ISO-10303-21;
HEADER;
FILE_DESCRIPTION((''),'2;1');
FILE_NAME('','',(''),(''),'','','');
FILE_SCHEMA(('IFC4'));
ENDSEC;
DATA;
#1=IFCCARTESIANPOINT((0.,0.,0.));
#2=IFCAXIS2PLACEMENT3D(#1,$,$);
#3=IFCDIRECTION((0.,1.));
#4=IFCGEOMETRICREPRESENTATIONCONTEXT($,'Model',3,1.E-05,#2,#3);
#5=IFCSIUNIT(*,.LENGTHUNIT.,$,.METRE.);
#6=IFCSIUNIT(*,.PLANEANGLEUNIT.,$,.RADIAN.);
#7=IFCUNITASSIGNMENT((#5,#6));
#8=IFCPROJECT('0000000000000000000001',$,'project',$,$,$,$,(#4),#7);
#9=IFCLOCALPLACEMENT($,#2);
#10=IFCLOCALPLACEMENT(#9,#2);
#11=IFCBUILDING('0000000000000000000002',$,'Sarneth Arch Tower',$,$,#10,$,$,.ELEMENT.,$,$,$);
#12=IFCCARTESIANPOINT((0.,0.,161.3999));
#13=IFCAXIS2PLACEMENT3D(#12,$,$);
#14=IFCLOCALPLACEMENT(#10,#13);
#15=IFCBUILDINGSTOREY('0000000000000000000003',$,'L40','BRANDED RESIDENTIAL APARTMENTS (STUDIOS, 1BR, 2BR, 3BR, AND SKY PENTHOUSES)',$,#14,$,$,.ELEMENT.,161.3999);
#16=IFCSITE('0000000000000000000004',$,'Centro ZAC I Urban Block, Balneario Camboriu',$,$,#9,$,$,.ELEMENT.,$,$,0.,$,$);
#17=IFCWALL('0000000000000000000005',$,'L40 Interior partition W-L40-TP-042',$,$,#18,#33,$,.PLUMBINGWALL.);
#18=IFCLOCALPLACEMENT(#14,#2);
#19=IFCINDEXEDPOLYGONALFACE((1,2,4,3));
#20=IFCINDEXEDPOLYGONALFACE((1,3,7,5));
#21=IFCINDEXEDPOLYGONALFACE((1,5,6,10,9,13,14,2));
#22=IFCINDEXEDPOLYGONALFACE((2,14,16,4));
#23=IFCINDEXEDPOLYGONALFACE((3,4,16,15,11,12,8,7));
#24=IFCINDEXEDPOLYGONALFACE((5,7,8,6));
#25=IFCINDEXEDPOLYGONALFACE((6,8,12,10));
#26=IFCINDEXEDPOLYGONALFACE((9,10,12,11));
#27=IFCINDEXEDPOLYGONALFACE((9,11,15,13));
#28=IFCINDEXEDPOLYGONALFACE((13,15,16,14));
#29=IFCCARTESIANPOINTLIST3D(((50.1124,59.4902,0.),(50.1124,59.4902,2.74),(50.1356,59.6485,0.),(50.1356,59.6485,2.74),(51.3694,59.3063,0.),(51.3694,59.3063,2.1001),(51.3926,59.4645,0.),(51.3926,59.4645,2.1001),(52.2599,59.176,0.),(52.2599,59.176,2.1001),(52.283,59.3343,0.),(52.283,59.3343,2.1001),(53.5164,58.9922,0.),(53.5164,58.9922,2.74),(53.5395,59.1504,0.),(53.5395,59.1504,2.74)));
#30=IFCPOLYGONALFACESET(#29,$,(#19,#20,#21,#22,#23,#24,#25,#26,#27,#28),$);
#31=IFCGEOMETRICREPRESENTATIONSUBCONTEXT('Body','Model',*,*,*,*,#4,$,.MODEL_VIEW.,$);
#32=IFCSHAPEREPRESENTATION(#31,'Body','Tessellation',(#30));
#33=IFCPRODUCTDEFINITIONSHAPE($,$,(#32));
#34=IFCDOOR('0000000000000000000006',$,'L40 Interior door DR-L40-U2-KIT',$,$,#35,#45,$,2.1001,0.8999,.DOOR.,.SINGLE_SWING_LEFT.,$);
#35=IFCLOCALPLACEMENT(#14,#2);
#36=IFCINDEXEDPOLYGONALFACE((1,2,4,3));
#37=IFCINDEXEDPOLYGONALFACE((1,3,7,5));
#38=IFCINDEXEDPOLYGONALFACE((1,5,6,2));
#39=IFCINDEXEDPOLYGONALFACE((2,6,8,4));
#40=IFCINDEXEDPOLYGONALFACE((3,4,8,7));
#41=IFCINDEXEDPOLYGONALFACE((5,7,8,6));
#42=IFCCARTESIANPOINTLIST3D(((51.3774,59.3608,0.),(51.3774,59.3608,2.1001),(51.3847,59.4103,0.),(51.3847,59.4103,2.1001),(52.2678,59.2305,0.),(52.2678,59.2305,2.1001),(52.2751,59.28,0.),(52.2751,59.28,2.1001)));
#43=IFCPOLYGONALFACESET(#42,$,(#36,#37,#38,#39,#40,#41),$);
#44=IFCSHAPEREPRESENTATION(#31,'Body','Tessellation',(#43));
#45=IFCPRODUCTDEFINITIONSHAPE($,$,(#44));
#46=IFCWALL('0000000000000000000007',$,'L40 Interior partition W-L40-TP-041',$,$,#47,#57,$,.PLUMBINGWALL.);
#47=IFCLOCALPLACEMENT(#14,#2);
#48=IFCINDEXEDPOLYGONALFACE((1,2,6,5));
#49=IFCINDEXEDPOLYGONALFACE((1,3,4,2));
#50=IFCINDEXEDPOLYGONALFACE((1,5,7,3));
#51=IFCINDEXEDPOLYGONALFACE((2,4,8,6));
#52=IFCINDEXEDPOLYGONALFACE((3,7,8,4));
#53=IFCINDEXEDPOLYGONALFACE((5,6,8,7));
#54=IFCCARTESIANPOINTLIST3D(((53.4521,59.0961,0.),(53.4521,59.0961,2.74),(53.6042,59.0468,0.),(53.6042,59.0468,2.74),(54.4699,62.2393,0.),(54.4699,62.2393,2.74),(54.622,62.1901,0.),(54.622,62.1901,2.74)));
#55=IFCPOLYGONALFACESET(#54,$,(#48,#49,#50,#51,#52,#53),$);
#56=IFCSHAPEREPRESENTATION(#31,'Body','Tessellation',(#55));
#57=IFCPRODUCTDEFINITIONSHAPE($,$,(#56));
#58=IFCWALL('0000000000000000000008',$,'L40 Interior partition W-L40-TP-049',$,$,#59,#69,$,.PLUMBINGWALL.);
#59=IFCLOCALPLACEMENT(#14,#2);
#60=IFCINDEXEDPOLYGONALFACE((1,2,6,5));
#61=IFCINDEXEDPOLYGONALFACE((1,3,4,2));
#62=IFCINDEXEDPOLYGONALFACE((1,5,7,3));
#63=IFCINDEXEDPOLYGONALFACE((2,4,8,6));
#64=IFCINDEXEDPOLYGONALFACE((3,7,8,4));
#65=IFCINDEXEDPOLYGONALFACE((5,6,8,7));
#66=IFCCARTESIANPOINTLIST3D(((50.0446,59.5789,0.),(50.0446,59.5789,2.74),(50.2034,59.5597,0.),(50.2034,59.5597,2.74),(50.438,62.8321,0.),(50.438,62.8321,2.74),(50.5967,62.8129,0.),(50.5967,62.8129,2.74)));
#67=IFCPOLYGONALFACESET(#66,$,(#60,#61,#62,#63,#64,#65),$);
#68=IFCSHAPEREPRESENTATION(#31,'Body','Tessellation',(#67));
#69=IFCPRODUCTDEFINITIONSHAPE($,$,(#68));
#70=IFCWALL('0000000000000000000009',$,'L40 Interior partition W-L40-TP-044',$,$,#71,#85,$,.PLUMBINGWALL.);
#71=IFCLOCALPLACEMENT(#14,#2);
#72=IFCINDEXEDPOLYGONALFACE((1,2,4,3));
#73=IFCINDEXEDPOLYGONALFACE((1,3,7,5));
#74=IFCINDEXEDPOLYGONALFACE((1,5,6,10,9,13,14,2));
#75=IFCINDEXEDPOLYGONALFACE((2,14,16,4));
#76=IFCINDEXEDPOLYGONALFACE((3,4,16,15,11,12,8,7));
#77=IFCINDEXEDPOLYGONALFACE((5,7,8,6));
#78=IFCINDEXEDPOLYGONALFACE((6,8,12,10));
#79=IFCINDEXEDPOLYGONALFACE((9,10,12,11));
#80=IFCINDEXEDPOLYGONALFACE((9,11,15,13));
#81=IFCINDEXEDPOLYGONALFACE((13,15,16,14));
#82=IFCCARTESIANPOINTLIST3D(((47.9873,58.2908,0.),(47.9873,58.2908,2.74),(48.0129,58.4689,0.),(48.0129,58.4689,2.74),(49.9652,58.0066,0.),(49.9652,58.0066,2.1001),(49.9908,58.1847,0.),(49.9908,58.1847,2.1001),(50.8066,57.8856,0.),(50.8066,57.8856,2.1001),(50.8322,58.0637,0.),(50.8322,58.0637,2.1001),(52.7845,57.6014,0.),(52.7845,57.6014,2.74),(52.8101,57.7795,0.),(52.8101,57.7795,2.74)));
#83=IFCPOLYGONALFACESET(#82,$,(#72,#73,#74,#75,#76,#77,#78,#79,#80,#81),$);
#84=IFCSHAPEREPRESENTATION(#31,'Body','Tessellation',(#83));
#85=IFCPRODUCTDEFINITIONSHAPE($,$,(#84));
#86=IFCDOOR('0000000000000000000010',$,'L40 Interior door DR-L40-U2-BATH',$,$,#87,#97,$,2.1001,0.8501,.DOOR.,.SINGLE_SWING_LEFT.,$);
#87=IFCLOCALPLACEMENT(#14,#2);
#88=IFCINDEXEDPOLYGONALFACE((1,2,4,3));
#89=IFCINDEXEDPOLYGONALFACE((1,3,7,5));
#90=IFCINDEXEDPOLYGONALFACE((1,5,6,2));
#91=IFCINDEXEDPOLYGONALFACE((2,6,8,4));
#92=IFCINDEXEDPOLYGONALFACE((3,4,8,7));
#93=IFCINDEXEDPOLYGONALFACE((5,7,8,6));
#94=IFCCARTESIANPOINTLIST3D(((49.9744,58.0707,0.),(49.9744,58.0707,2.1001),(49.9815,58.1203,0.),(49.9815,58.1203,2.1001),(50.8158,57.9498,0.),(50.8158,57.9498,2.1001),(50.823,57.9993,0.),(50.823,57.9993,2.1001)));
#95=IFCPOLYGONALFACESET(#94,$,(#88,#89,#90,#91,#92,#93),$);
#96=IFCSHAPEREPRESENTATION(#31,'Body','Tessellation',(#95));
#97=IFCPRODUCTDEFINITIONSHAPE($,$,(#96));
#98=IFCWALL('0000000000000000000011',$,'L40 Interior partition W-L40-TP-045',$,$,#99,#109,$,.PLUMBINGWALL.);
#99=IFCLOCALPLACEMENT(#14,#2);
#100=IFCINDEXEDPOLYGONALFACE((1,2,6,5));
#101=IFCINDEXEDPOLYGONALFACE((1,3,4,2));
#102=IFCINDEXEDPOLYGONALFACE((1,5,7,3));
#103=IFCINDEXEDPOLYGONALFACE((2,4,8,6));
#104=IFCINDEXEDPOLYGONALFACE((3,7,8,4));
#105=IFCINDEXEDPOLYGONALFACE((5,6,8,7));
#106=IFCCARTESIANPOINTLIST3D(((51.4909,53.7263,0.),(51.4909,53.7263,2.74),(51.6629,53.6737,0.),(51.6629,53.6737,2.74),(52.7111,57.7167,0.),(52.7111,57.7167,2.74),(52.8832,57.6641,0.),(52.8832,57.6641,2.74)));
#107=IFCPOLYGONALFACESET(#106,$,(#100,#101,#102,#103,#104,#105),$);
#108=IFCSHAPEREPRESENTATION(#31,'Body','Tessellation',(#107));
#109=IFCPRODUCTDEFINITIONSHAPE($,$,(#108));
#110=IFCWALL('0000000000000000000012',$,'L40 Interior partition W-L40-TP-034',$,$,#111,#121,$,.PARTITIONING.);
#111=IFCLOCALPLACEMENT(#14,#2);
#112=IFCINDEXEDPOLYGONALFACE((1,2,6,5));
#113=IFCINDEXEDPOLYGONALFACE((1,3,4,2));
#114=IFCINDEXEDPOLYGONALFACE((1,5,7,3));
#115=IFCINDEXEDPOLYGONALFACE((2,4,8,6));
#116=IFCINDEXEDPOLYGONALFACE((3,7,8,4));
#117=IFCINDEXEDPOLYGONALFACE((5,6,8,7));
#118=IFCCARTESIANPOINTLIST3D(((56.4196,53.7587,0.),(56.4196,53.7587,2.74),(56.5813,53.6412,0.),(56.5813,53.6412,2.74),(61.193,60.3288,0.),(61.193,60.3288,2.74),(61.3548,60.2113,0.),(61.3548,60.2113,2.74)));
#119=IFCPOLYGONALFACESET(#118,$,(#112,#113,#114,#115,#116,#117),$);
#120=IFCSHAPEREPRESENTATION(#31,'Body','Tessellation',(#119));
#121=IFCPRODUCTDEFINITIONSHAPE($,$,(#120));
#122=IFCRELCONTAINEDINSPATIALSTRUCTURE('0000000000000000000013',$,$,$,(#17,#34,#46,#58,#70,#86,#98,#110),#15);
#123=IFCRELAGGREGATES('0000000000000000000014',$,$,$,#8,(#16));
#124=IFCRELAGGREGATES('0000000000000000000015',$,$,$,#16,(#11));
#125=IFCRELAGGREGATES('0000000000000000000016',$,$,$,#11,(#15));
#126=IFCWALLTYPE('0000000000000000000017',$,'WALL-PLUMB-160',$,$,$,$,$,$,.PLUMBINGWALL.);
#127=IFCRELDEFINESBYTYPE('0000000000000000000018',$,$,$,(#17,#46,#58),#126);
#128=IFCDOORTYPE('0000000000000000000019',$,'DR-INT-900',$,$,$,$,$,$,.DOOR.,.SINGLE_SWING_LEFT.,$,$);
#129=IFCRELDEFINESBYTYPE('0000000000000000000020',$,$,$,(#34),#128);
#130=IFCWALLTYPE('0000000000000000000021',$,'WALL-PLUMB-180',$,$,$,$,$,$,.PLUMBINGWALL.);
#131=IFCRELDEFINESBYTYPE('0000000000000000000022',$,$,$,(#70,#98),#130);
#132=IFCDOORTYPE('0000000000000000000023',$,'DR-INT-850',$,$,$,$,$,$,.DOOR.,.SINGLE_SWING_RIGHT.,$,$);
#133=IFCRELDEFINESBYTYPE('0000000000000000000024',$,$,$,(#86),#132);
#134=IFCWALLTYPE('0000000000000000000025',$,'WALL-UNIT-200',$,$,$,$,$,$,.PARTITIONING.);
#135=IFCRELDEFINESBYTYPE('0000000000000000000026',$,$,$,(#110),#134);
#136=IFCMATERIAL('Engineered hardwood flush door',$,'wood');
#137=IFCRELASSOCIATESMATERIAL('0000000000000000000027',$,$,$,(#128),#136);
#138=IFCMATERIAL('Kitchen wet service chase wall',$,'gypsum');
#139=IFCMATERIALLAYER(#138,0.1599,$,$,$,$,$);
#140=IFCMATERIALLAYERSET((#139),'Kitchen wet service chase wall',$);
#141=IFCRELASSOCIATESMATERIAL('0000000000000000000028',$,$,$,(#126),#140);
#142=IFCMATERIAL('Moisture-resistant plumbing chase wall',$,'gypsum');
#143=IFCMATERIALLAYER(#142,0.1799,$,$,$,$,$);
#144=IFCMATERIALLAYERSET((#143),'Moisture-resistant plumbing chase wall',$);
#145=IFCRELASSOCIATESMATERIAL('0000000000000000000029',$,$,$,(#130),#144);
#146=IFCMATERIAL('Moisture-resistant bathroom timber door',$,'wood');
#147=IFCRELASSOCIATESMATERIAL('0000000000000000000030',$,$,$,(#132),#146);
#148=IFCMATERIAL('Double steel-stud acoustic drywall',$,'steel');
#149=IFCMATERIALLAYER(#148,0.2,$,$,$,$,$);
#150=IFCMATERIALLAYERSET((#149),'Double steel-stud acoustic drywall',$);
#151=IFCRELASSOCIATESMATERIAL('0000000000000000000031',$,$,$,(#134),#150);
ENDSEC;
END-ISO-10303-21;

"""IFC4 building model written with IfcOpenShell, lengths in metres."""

from ifc_helpers import new_model, si_unit, direction, frame, frame_2d, origin, place, context, subcontext, project, spatial, rectangle, extrude, material, layer, layer_set, type_object, element, fill, save


model = new_model("IFC4")

# Units and contexts
model_context = context("Model", 3, precision=1e-05, world=origin(), true_north=direction((0.0, 1.0)))
body_context = subcontext(model_context, "Body", "Model", "MODEL_VIEW")
ifc_project = project(units=[si_unit("LENGTHUNIT", "METRE"), si_unit("PLANEANGLEUNIT", "RADIAN")], contexts=[model_context])

# Site, building, storey
site_placement = place(None, origin())
site = spatial("IfcSite", under=ifc_project, at=site_placement, Name="Centro ZAC I Urban Block, Balneario Camboriu", CompositionType="ELEMENT", RefElevation=0.0)
building_placement = place(site_placement, origin())
building = spatial("IfcBuilding", under=site, at=building_placement, Name="Sarneth Arch Tower", CompositionType="ELEMENT")
storey_placement = place(building_placement, frame((0.0, 0.0, 161.3999)))
storey = spatial("IfcBuildingStorey", under=building, at=storey_placement, Name="L40", Description="BRANDED RESIDENTIAL APARTMENTS (STUDIOS, 1BR, 2BR, 3BR, AND SKY PENTHOUSES)", CompositionType="ELEMENT", Elevation=161.3999)

# Shared definitions
ifc_material_1 = material(Name="Engineered hardwood flush door", Category="wood")
door_type_1 = type_object("IfcDoorType", Name="DR-INT-900", OperationType="SINGLE_SWING_LEFT", PredefinedType="DOOR", material=ifc_material_1)

# Wall, opening, door
ifc_material_2 = material(Name="Kitchen wet service chase wall", Category="gypsum")
ifc_layer_1 = layer(ifc_material_2, 0.1599)
ifc_layer_set_1 = layer_set([ifc_layer_1], Name="Kitchen wet service chase wall")
wall_type_1 = type_object("IfcWallType", Name="WALL-PLUMB-160", PredefinedType="PLUMBINGWALL", material=ifc_layer_set_1)
wall_1_placement = place(storey_placement, frame((53.5281, 59.0713, 0.0), z_axis=(0.0, 0.0, 1.0), x_axis=(-0.989466, 0.144769, 0.0)))
wall_1 = element("IfcWall", 1, at=wall_1_placement, inside=storey, type_object=wall_type_1, Name="L40 Interior partition W-L40-TP-042", PredefinedType="PLUMBINGWALL", context=body_context, shape_type="SweptSolid", body=[
    extrude(rectangle(XDim=3.4402, YDim=0.1599, at=frame_2d((1.7202, 0.0))), origin(), (0.0, 0.0, 1.0), 2.74),
])
opening_1_placement = place(wall_1_placement, frame((1.27, 0.0, 0.0)))
opening_1 = element("IfcOpeningElement", 2, at=opening_1_placement, cuts=wall_1, PredefinedType="OPENING", context=body_context, shape_type="SweptSolid", body=[
    extrude(rectangle(XDim=0.8999, YDim=2.1001, at=frame_2d((0.45, 1.05))), frame((0.0, 0.0898, 0.0), z_axis=(0.0, -1.0, 0.0), x_axis=(1.0, 0.0, 0.0)), (0.0, 0.0, 1.0), 0.1799),
])
door_1_placement = place(opening_1_placement, origin())
door_1 = element("IfcDoor", 3, at=door_1_placement, inside=storey, type_object=door_type_1, Name="L40 Interior door DR-L40-U2-KIT", OperationType="SINGLE_SWING_LEFT", OverallHeight=2.1001, OverallWidth=0.8999, PredefinedType="DOOR", context=body_context, shape_type="SweptSolid", body=[
    extrude(rectangle(XDim=0.8999, YDim=2.1001, at=frame_2d((0.45, 1.05))), frame((0.0, 0.0249, 0.0), z_axis=(0.0, -1.0, 0.0), x_axis=(1.0, 0.0, 0.0)), (0.0, 0.0, 1.0), 0.05),
])
fill(opening_1, door_1)

# Walls
wall_2_placement = place(storey_placement, frame((54.5459, 62.2146, 0.0), z_axis=(0.0, 0.0, 1.0), x_axis=(-0.308058, -0.951367, 0.0)))
element("IfcWall", 4, at=wall_2_placement, inside=storey, type_object=wall_type_1, Name="L40 Interior partition W-L40-TP-041", PredefinedType="PLUMBINGWALL", context=body_context, shape_type="SweptSolid", body=[
    extrude(rectangle(XDim=3.304, YDim=0.1599, at=frame_2d((1.6519, 0.0))), origin(), (0.0, 0.0, 1.0), 2.74),
])
wall_3_placement = place(storey_placement, frame((50.124, 59.5693, 0.0), z_axis=(0.0, 0.0, 1.0), x_axis=(0.120027, 0.992771, 0.0)))
element("IfcWall", 5, at=wall_3_placement, inside=storey, type_object=wall_type_1, Name="L40 Interior partition W-L40-TP-049", PredefinedType="PLUMBINGWALL", context=body_context, shape_type="SweptSolid", body=[
    extrude(rectangle(XDim=3.2769, YDim=0.1599, at=frame_2d((1.6384, 0.0))), origin(), (0.0, 0.0, 1.0), 2.74),
])

# Wall, opening, door
ifc_material_3 = material(Name="Moisture-resistant plumbing chase wall", Category="gypsum")
ifc_layer_2 = layer(ifc_material_3, 0.1799)
ifc_layer_set_2 = layer_set([ifc_layer_2], Name="Moisture-resistant plumbing chase wall")
wall_type_2 = type_object("IfcWallType", Name="WALL-PLUMB-180", PredefinedType="PLUMBINGWALL", material=ifc_layer_set_2)
wall_4_placement = place(storey_placement, frame((48.0, 58.3799, 0.0), z_axis=(0.0, 0.0, 1.0), x_axis=(0.989829, -0.142261, 0.0)))
wall_4 = element("IfcWall", 6, at=wall_4_placement, inside=storey, type_object=wall_type_2, Name="L40 Interior partition W-L40-TP-044", PredefinedType="PLUMBINGWALL", context=body_context, shape_type="SweptSolid", body=[
    extrude(rectangle(XDim=4.8464, YDim=0.1799, at=frame_2d((2.4233, 0.0))), origin(), (0.0, 0.0, 1.0), 2.74),
])
opening_2_placement = place(wall_4_placement, frame((1.9983, 0.0, 0.0)))
opening_2 = element("IfcOpeningElement", 7, at=opening_2_placement, cuts=wall_4, PredefinedType="OPENING", context=body_context, shape_type="SweptSolid", body=[
    extrude(rectangle(XDim=0.8501, YDim=2.1001, at=frame_2d((0.425, 1.05))), frame((0.0, 0.0999, 0.0), z_axis=(0.0, -1.0, 0.0), x_axis=(1.0, 0.0, 0.0)), (0.0, 0.0, 1.0), 0.2),
])
ifc_material_4 = material(Name="Moisture-resistant bathroom timber door", Category="wood")
door_type_2 = type_object("IfcDoorType", Name="DR-INT-850", OperationType="SINGLE_SWING_RIGHT", PredefinedType="DOOR", material=ifc_material_4)
door_2_placement = place(opening_2_placement, origin())
door_2 = element("IfcDoor", 8, at=door_2_placement, inside=storey, type_object=door_type_2, Name="L40 Interior door DR-L40-U2-BATH", OperationType="SINGLE_SWING_LEFT", OverallHeight=2.1001, OverallWidth=0.8501, PredefinedType="DOOR", context=body_context, shape_type="SweptSolid", body=[
    extrude(rectangle(XDim=0.8501, YDim=2.1001, at=frame_2d((0.425, 1.05))), frame((0.0, 0.0249, 0.0), z_axis=(0.0, -1.0, 0.0), x_axis=(1.0, 0.0, 0.0)), (0.0, 0.0, 1.0), 0.05),
])
fill(opening_2, door_2)

# Walls
wall_5_placement = place(storey_placement, frame((52.7971, 57.6904, 0.0), z_axis=(0.0, 0.0, 1.0), x_axis=(-0.292416, -0.956291, 0.0)))
element("IfcWall", 9, at=wall_5_placement, inside=storey, type_object=wall_type_2, Name="L40 Interior partition W-L40-TP-045", PredefinedType="PLUMBINGWALL", context=body_context, shape_type="SweptSolid", body=[
    extrude(rectangle(XDim=4.1729, YDim=0.1799, at=frame_2d((2.0864, 0.0))), origin(), (0.0, 0.0, 1.0), 2.74),
])
ifc_material_5 = material(Name="Double steel-stud acoustic drywall", Category="steel")
ifc_layer_3 = layer(ifc_material_5, 0.2)
ifc_layer_set_3 = layer_set([ifc_layer_3], Name="Double steel-stud acoustic drywall")
wall_type_3 = type_object("IfcWallType", Name="WALL-UNIT-200", PredefinedType="PARTITIONING", material=ifc_layer_set_3)
wall_6_placement = place(storey_placement, frame((61.2739, 60.27, 0.0), z_axis=(0.0, 0.0, 1.0), x_axis=(-0.587786, -0.809017, 0.0)))
element("IfcWall", 10, at=wall_6_placement, inside=storey, type_object=wall_type_3, Name="L40 Interior partition W-L40-TP-034", PredefinedType="PARTITIONING", context=body_context, shape_type="SweptSolid", body=[
    extrude(rectangle(XDim=8.1211, YDim=0.2, at=frame_2d((4.0605, 0.0))), origin(), (0.0, 0.0, 1.0), 2.74),
])

save(model, "model.ifc")
